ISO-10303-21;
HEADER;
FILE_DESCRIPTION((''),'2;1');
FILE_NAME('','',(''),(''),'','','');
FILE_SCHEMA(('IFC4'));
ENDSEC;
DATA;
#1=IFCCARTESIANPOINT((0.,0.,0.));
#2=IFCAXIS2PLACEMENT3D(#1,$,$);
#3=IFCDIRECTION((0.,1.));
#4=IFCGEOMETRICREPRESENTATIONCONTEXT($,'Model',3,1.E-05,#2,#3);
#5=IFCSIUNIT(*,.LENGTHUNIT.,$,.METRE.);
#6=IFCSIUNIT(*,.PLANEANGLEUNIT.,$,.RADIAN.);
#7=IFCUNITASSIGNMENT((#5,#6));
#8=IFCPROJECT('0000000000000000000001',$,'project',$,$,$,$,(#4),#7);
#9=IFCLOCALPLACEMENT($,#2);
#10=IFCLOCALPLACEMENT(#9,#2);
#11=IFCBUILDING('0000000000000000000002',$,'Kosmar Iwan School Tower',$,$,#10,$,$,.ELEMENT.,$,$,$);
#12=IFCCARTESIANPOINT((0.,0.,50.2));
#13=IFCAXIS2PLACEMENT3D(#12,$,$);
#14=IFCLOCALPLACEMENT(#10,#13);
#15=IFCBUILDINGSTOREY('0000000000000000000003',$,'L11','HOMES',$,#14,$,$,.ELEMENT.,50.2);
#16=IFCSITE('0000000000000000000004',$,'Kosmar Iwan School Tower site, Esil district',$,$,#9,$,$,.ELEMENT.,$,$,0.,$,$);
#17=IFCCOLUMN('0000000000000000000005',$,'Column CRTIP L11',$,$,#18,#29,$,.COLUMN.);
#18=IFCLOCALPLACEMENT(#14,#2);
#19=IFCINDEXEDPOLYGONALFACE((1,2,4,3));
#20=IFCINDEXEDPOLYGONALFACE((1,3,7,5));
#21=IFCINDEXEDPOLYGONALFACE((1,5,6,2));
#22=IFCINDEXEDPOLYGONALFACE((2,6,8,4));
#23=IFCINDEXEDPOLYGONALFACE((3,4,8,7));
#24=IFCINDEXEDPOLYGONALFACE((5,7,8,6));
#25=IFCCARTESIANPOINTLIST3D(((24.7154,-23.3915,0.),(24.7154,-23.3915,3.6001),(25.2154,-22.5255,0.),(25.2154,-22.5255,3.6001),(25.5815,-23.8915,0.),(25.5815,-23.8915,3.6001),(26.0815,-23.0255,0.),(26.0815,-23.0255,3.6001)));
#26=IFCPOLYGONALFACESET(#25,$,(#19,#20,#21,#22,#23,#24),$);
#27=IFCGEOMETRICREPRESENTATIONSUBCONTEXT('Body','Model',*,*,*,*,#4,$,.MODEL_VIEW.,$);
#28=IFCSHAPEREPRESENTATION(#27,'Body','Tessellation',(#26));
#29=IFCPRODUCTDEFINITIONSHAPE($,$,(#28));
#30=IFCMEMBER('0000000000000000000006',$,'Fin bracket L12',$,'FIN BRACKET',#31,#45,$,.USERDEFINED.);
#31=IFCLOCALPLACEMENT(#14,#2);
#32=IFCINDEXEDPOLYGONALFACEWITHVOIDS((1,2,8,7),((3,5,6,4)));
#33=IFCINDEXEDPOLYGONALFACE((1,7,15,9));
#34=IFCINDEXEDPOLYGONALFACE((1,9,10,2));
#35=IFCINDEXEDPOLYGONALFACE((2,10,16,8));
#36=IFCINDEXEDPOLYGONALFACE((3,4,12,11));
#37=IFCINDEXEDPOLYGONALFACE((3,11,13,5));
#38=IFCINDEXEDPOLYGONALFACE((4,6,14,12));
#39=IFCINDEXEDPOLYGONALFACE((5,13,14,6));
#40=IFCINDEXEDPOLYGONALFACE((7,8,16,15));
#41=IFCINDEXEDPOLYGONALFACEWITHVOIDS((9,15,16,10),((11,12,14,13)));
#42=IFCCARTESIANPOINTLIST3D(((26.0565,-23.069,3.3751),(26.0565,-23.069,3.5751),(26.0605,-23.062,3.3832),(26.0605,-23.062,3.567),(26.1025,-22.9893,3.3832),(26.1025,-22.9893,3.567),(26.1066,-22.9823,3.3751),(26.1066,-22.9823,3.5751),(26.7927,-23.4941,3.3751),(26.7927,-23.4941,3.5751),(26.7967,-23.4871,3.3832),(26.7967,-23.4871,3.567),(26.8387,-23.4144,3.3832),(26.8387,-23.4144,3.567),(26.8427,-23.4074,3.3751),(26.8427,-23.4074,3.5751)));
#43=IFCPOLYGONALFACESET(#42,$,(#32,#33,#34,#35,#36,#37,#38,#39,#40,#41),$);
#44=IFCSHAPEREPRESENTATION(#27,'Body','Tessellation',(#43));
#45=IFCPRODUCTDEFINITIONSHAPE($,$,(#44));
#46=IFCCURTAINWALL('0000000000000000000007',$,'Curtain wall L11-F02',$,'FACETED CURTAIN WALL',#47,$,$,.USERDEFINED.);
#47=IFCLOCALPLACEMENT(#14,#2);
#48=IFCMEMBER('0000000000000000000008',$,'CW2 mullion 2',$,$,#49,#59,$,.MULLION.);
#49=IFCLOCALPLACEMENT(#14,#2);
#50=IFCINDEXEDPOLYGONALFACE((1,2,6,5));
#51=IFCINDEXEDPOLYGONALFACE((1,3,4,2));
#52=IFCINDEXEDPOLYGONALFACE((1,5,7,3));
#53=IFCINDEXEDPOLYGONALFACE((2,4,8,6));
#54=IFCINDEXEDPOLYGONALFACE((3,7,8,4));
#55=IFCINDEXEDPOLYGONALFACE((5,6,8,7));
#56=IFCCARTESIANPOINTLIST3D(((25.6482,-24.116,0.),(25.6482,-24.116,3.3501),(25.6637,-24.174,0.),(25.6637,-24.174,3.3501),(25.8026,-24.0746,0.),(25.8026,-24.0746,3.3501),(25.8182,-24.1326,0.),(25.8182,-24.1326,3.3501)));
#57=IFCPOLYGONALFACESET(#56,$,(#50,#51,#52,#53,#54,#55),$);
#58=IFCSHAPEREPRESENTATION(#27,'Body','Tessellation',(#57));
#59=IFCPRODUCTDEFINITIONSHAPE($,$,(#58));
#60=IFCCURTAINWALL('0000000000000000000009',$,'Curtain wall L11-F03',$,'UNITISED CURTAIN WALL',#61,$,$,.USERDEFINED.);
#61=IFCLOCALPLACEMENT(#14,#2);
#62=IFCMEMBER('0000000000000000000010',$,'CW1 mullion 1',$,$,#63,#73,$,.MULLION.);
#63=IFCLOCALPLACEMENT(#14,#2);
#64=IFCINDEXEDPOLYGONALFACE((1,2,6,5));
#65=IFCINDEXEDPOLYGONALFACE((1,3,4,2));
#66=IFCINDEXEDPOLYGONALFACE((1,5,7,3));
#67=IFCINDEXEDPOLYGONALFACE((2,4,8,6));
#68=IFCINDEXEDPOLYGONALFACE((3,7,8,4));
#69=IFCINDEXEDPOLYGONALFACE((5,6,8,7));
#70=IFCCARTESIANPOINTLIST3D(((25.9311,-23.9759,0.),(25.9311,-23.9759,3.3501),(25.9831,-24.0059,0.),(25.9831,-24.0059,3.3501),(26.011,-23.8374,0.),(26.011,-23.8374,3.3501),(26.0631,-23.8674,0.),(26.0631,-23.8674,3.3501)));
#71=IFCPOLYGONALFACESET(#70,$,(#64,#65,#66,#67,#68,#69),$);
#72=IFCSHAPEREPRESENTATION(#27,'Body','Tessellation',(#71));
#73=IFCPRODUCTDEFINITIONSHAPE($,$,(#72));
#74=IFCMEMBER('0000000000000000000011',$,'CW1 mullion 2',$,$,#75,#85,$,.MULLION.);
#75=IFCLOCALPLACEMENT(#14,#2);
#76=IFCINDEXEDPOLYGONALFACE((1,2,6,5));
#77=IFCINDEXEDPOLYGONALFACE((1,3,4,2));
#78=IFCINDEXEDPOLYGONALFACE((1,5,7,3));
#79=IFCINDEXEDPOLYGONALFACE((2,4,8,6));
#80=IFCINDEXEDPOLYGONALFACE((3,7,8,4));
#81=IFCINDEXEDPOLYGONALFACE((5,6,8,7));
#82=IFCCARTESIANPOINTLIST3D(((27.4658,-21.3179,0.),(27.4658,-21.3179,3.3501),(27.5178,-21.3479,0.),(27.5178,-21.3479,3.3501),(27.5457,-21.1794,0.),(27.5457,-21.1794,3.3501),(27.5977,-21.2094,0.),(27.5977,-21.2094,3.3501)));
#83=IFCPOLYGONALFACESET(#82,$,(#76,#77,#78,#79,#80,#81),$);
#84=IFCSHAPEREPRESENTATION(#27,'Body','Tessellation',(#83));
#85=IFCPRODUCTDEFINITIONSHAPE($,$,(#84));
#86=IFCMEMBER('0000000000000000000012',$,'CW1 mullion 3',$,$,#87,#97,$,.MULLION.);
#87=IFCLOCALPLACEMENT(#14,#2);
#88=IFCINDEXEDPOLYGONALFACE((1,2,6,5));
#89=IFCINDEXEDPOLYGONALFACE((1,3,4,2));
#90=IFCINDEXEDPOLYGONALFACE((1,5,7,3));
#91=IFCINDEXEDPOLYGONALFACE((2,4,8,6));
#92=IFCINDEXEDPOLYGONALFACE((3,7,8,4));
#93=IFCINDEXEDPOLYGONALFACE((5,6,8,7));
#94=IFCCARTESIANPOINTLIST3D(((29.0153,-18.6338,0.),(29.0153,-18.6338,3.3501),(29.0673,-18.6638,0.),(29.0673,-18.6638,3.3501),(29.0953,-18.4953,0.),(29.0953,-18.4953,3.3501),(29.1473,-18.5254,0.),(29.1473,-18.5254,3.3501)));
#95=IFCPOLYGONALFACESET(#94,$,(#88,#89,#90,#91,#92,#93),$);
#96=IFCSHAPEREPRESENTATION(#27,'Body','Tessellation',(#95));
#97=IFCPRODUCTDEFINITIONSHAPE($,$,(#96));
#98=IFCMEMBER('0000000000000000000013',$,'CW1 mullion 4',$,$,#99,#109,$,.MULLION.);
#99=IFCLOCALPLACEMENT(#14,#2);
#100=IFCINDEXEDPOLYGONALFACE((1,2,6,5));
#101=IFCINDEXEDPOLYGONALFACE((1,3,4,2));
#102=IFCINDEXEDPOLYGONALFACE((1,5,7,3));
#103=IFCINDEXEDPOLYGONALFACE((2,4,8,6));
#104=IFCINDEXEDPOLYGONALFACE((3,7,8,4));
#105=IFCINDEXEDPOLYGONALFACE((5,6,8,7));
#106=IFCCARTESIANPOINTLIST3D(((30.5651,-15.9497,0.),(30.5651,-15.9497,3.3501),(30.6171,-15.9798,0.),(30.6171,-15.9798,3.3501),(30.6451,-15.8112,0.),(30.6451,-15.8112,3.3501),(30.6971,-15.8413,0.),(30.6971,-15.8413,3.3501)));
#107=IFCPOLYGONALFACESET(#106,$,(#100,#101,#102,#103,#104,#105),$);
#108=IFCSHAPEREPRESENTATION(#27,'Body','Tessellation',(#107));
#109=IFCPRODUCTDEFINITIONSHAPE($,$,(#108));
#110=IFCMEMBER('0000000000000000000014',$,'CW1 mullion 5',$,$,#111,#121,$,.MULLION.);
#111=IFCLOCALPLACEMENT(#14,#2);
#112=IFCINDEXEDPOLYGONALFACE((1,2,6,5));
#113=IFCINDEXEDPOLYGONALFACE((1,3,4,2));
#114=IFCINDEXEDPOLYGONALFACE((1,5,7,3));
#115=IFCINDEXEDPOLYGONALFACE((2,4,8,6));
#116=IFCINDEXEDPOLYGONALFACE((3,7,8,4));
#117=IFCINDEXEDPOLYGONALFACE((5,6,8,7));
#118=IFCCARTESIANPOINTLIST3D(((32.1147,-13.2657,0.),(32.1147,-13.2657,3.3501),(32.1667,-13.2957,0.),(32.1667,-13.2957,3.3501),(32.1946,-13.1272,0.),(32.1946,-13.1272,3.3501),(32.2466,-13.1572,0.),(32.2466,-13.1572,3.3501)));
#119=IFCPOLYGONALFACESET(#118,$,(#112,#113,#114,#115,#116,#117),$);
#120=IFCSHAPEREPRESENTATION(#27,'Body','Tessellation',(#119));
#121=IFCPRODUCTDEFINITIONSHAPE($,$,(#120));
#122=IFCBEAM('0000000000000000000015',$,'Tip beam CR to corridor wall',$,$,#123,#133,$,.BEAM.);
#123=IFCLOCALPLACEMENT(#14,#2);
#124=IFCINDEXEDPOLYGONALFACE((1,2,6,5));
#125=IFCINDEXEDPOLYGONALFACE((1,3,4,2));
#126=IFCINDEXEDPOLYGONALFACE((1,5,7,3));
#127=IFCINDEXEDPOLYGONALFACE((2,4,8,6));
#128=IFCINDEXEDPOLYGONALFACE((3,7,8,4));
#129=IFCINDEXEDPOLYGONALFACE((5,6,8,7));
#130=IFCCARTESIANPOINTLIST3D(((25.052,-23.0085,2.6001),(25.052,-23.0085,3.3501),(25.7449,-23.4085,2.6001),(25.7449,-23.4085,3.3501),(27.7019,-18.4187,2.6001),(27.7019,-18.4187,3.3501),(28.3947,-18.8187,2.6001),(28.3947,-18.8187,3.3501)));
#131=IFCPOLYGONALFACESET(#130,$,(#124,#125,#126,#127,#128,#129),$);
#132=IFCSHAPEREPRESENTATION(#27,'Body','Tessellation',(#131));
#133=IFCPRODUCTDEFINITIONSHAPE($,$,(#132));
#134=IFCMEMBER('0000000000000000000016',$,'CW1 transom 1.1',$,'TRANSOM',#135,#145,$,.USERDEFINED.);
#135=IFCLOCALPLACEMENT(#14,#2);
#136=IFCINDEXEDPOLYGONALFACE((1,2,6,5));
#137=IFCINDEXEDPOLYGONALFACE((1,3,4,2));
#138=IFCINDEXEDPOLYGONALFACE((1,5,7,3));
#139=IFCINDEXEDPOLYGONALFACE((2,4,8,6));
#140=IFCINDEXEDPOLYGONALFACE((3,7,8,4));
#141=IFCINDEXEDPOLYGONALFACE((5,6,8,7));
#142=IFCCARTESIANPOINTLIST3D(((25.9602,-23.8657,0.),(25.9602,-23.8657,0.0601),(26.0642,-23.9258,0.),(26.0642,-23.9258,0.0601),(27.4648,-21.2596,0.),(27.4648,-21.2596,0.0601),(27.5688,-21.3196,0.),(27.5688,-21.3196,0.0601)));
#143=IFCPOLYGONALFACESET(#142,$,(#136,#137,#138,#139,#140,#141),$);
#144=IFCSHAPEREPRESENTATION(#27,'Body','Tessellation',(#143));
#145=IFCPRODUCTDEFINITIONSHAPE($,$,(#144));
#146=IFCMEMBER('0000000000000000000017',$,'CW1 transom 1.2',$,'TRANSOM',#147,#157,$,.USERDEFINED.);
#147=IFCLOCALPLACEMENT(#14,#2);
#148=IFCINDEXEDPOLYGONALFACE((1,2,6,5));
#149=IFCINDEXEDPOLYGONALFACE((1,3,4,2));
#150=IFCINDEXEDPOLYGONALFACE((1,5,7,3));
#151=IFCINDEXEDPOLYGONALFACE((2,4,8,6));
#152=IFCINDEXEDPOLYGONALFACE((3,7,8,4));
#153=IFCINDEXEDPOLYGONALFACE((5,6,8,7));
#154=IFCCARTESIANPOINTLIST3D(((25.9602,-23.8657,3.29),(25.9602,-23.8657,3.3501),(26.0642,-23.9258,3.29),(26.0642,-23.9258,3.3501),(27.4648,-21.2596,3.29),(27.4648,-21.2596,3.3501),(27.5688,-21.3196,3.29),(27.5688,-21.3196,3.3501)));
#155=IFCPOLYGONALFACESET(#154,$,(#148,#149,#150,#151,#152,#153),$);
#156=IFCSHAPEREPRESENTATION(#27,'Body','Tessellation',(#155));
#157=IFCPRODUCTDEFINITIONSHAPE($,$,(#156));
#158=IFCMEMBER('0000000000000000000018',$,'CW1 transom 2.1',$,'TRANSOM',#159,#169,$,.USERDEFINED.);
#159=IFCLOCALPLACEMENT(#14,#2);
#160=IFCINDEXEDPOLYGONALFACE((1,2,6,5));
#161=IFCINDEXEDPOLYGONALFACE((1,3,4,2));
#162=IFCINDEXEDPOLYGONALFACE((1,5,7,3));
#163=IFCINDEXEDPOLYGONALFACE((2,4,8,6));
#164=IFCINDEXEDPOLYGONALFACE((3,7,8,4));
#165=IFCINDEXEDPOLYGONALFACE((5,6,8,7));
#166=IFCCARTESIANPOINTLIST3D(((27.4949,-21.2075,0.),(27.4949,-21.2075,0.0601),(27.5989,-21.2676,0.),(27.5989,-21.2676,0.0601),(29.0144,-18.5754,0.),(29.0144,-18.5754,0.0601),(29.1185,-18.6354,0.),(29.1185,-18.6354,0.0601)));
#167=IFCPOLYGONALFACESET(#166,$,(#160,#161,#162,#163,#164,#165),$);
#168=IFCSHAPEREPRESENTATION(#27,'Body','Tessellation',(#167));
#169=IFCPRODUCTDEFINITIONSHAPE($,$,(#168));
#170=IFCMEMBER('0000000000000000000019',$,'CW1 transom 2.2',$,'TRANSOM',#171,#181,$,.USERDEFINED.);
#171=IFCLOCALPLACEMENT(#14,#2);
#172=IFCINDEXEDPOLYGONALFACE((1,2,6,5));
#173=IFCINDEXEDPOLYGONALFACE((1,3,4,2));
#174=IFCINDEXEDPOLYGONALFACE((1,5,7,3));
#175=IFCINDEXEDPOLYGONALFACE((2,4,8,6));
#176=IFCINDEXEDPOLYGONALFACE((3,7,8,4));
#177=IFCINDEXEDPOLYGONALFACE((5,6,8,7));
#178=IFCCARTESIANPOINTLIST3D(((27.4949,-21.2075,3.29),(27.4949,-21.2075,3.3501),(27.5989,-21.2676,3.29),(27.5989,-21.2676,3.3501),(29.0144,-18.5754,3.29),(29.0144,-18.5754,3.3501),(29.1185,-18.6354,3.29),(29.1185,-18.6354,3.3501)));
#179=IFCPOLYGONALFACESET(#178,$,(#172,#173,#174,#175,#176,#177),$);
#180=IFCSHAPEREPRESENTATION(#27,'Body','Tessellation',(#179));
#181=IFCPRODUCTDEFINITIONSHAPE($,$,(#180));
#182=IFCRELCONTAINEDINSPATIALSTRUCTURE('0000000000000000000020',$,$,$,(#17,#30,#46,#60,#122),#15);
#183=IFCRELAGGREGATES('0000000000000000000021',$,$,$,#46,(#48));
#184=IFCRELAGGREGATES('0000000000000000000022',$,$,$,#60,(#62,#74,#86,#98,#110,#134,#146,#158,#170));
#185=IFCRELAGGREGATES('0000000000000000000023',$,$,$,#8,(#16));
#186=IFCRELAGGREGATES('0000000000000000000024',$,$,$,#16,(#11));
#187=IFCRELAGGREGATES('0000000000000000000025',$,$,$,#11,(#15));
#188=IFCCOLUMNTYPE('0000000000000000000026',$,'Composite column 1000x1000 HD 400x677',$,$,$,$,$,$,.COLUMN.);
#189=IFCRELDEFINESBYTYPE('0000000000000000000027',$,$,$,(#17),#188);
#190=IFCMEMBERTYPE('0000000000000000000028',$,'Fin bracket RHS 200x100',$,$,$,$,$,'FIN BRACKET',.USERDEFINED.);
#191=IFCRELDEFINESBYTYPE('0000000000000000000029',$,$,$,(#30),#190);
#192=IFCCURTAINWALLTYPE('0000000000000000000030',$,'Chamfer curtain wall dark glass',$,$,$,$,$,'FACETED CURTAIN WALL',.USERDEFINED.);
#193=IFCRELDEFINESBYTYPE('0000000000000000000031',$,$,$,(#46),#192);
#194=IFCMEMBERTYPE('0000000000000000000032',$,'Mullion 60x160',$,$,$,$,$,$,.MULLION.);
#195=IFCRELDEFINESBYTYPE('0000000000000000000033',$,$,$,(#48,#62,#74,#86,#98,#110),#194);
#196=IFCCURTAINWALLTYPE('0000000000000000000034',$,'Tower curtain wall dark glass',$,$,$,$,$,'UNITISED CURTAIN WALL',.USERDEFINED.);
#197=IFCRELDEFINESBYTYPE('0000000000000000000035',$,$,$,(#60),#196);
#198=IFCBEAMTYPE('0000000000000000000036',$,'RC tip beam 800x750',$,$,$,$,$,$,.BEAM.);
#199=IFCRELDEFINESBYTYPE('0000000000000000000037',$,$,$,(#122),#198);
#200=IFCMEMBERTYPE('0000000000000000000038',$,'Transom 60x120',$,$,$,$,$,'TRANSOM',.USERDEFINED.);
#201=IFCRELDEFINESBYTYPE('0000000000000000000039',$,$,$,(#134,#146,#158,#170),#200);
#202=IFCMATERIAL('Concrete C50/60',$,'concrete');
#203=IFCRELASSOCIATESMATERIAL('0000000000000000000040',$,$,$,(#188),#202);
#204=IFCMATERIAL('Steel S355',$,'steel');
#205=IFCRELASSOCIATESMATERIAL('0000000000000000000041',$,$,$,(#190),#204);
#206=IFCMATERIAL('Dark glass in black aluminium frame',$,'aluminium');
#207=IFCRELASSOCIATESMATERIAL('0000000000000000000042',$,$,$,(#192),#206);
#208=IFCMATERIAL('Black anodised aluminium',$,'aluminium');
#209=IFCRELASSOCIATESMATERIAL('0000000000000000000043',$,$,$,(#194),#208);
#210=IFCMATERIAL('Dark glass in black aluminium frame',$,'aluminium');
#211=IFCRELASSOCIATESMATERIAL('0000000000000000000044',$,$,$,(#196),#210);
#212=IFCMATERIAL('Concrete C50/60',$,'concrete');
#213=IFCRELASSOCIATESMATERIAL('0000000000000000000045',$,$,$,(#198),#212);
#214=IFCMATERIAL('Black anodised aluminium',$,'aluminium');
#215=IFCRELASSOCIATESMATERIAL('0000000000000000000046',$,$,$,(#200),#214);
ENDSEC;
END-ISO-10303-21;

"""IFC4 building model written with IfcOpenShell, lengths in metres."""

from ifc_helpers import new_model, si_unit, direction, frame, origin, origin_2d, place, context, subcontext, project, spatial, rectangle, hollow_rectangle, extrude, material, material_profile, profile_set, type_object, element, aggregate, save


model = new_model("IFC4")

# Units and contexts
model_context = context("Model", 3, precision=1e-05, world=origin(), true_north=direction((0.0, 1.0)))
body_context = subcontext(model_context, "Body", "Model", "MODEL_VIEW")
ifc_project = project(units=[si_unit("LENGTHUNIT", "METRE"), si_unit("PLANEANGLEUNIT", "RADIAN")], contexts=[model_context])

# Site, building, storey
site_placement = place(None, origin())
site = spatial("IfcSite", under=ifc_project, at=site_placement, Name="Kosmar Iwan School Tower site, Esil district", CompositionType="ELEMENT", RefElevation=0.0)
building_placement = place(site_placement, origin())
building = spatial("IfcBuilding", under=site, at=building_placement, Name="Kosmar Iwan School Tower", CompositionType="ELEMENT")
storey_placement = place(building_placement, frame((0.0, 0.0, 50.2)))
storey = spatial("IfcBuildingStorey", under=building, at=storey_placement, Name="L11", Description="HOMES", CompositionType="ELEMENT", Elevation=50.2)

# Column
ifc_material_1 = material(Name="Concrete C50/60", Category="concrete")
ifc_material_profile_1 = material_profile(ifc_material_1, rectangle(XDim=1.0, YDim=1.0, at=origin_2d()), Name="RC 1000x1000 + HD 400x677")
ifc_profile_set_1 = profile_set([ifc_material_profile_1], Name="Concrete C50/60")
column_type = type_object("IfcColumnType", Name="Composite column 1000x1000 HD 400x677", PredefinedType="COLUMN", material=ifc_profile_set_1)
column_placement = place(storey_placement, frame((25.3984, -23.2085, 0.0), z_axis=(0.0, 0.0, 1.0), x_axis=(0.866025, -0.5, 0.0)))
element("IfcColumn", 1, at=column_placement, inside=storey, type_object=column_type, Name="Column CRTIP L11", PredefinedType="COLUMN", context=body_context, shape_type="SweptSolid", body=[
    extrude(rectangle(XDim=1.0, YDim=1.0, at=origin_2d()), origin(), (0.0, 0.0, 1.0), 3.6001),
])

# Member
ifc_material_2 = material(Name="Steel S355", Category="steel")
ifc_material_profile_2 = material_profile(ifc_material_2, hollow_rectangle(XDim=0.1001, YDim=0.2, WallThickness=0.0081, at=origin_2d()), Name="RHS 200x100x8")
ifc_profile_set_2 = profile_set([ifc_material_profile_2], Name="Steel S355")
member_type_1 = type_object("IfcMemberType", Name="Fin bracket RHS 200x100", ElementType="FIN BRACKET", PredefinedType="USERDEFINED", material=ifc_profile_set_2)
member_1_placement = place(storey_placement, frame((26.0815, -23.0256, 3.4751), z_axis=(0.865989, -0.500062, 0.0), x_axis=(0.500062, 0.865989, 0.0)))
element("IfcMember", 2, at=member_1_placement, inside=storey, type_object=member_type_1, Name="Fin bracket L12", ObjectType="FIN BRACKET", PredefinedType="USERDEFINED", context=body_context, shape_type="SweptSolid", body=[
    extrude(hollow_rectangle(XDim=0.1001, YDim=0.2, WallThickness=0.0081, at=origin_2d()), origin(), (0.0, 0.0, 1.0), 0.8501),
])

# Curtain wall, member
ifc_material_3 = material(Name="Dark glass in black aluminium frame", Category="aluminium")
curtain_wall_type_1 = type_object("IfcCurtainWallType", Name="Chamfer curtain wall dark glass", ElementType="FACETED CURTAIN WALL", PredefinedType="USERDEFINED", material=ifc_material_3)
curtain_wall_1_placement = place(storey_placement, origin())
curtain_wall_1 = element("IfcCurtainWall", 3, at=curtain_wall_1_placement, inside=storey, type_object=curtain_wall_type_1, Name="Curtain wall L11-F02", ObjectType="FACETED CURTAIN WALL", PredefinedType="USERDEFINED")
ifc_material_4 = material(Name="Black anodised aluminium", Category="aluminium")
ifc_material_profile_3 = material_profile(ifc_material_4, rectangle(XDim=0.0601, YDim=0.1599, at=origin_2d()), Name="MULLION 60x160")
ifc_profile_set_3 = profile_set([ifc_material_profile_3], Name="Black anodised aluminium")
member_type_2 = type_object("IfcMemberType", Name="Mullion 60x160", PredefinedType="MULLION", material=ifc_profile_set_3)
member_2_placement = place(storey_placement, frame((25.7332, -24.1243, 0.0), z_axis=(0.0, 0.0, 1.0), x_axis=(-0.258819, 0.965926, 0.0)))
member_2 = element("IfcMember", 4, at=member_2_placement, type_object=member_type_2, Name="CW2 mullion 2", PredefinedType="MULLION", context=body_context, shape_type="SweptSolid", body=[
    extrude(rectangle(XDim=0.0601, YDim=0.1599, at=origin_2d()), origin(), (0.0, 0.0, 1.0), 3.3501),
])

# Curtain wall, members
ifc_material_5 = material(Name="Dark glass in black aluminium frame", Category="aluminium")
curtain_wall_type_2 = type_object("IfcCurtainWallType", Name="Tower curtain wall dark glass", ElementType="UNITISED CURTAIN WALL", PredefinedType="USERDEFINED", material=ifc_material_5)
curtain_wall_2_placement = place(storey_placement, origin())
curtain_wall_2 = element("IfcCurtainWall", 5, at=curtain_wall_2_placement, inside=storey, type_object=curtain_wall_type_2, Name="Curtain wall L11-F03", ObjectType="UNITISED CURTAIN WALL", PredefinedType="USERDEFINED")
member_3_placement = place(storey_placement, frame((25.9971, -23.9216, 0.0), z_axis=(0.0, 0.0, 1.0), x_axis=(-0.866025, 0.5, 0.0)))
member_3 = element("IfcMember", 6, at=member_3_placement, type_object=member_type_2, Name="CW1 mullion 1", PredefinedType="MULLION", context=body_context, shape_type="SweptSolid", body=[
    extrude(rectangle(XDim=0.0601, YDim=0.1599, at=origin_2d()), origin(), (0.0, 0.0, 1.0), 3.3501),
])
member_4_placement = place(storey_placement, frame((27.5317, -21.2637, 0.0), z_axis=(0.0, 0.0, 1.0), x_axis=(-0.866025, 0.5, 0.0)))
member_4 = element("IfcMember", 7, at=member_4_placement, type_object=member_type_2, Name="CW1 mullion 2", PredefinedType="MULLION", context=body_context, shape_type="SweptSolid", body=[
    extrude(rectangle(XDim=0.0601, YDim=0.1599, at=origin_2d()), origin(), (0.0, 0.0, 1.0), 3.3501),
])
member_5_placement = place(storey_placement, frame((29.0813, -18.5796, 0.0), z_axis=(0.0, 0.0, 1.0), x_axis=(-0.866025, 0.5, 0.0)))
member_5 = element("IfcMember", 8, at=member_5_placement, type_object=member_type_2, Name="CW1 mullion 3", PredefinedType="MULLION", context=body_context, shape_type="SweptSolid", body=[
    extrude(rectangle(XDim=0.0601, YDim=0.1599, at=origin_2d()), origin(), (0.0, 0.0, 1.0), 3.3501),
])
member_6_placement = place(storey_placement, frame((30.6311, -15.8955, 0.0), z_axis=(0.0, 0.0, 1.0), x_axis=(-0.866025, 0.5, 0.0)))
member_6 = element("IfcMember", 9, at=member_6_placement, type_object=member_type_2, Name="CW1 mullion 4", PredefinedType="MULLION", context=body_context, shape_type="SweptSolid", body=[
    extrude(rectangle(XDim=0.0601, YDim=0.1599, at=origin_2d()), origin(), (0.0, 0.0, 1.0), 3.3501),
])
member_7_placement = place(storey_placement, frame((32.1807, -13.2114, 0.0), z_axis=(0.0, 0.0, 1.0), x_axis=(-0.866025, 0.5, 0.0)))
member_7 = element("IfcMember", 10, at=member_7_placement, type_object=member_type_2, Name="CW1 mullion 5", PredefinedType="MULLION", context=body_context, shape_type="SweptSolid", body=[
    extrude(rectangle(XDim=0.0601, YDim=0.1599, at=origin_2d()), origin(), (0.0, 0.0, 1.0), 3.3501),
])

# Beam
ifc_material_6 = material(Name="Concrete C50/60", Category="concrete")
ifc_material_profile_4 = material_profile(ifc_material_6, rectangle(XDim=0.8, YDim=0.75, at=origin_2d()), Name="RC 800x750")
ifc_profile_set_4 = profile_set([ifc_material_profile_4], Name="Concrete C50/60")
beam_type = type_object("IfcBeamType", Name="RC tip beam 800x750", PredefinedType="BEAM", material=ifc_profile_set_4)
beam_placement = place(storey_placement, frame((25.3984, -23.2085, 2.9751), z_axis=(0.499994, 0.866029, 0.0), x_axis=(-0.866029, 0.499994, 0.0)))
element("IfcBeam", 11, at=beam_placement, inside=storey, type_object=beam_type, Name="Tip beam CR to corridor wall", PredefinedType="BEAM", context=body_context, shape_type="SweptSolid", body=[
    extrude(rectangle(XDim=0.8, YDim=0.75, at=origin_2d()), origin(), (0.0, 0.0, 1.0), 5.2998),
])

# Members
ifc_material_7 = material(Name="Black anodised aluminium", Category="aluminium")
ifc_material_profile_5 = material_profile(ifc_material_7, rectangle(XDim=0.1201, YDim=0.0601, at=origin_2d()), Name="TRANSOM 60x120")
ifc_profile_set_5 = profile_set([ifc_material_profile_5], Name="Black anodised aluminium")
member_type_3 = type_object("IfcMemberType", Name="Transom 60x120", ElementType="TRANSOM", PredefinedType="USERDEFINED", material=ifc_profile_set_5)
member_8_placement = place(storey_placement, frame((26.0122, -23.8958, 0.03), z_axis=(0.499987, 0.866033, 0.0), x_axis=(-0.866033, 0.499987, 0.0)))
member_8 = element("IfcMember", 12, at=member_8_placement, type_object=member_type_3, Name="CW1 transom 1.1", ObjectType="TRANSOM", PredefinedType="USERDEFINED", context=body_context, shape_type="SweptSolid", body=[
    extrude(rectangle(XDim=0.1201, YDim=0.0601, at=origin_2d()), origin(), (0.0, 0.0, 1.0), 3.0093),
])
member_9_placement = place(storey_placement, frame((26.0122, -23.8958, 3.3201), z_axis=(0.499987, 0.866033, 0.0), x_axis=(-0.866033, 0.499987, 0.0)))
member_9 = element("IfcMember", 13, at=member_9_placement, type_object=member_type_3, Name="CW1 transom 1.2", ObjectType="TRANSOM", PredefinedType="USERDEFINED", context=body_context, shape_type="SweptSolid", body=[
    extrude(rectangle(XDim=0.1201, YDim=0.0601, at=origin_2d()), origin(), (0.0, 0.0, 1.0), 3.0093),
])
member_10_placement = place(storey_placement, frame((27.5469, -21.2375, 0.03), z_axis=(0.499975, 0.86604, 0.0), x_axis=(-0.86604, 0.499975, 0.0)))
member_10 = element("IfcMember", 14, at=member_10_placement, type_object=member_type_3, Name="CW1 transom 2.1", ObjectType="TRANSOM", PredefinedType="USERDEFINED", context=body_context, shape_type="SweptSolid", body=[
    extrude(rectangle(XDim=0.1201, YDim=0.0601, at=origin_2d()), origin(), (0.0, 0.0, 1.0), 3.0393),
])
member_11_placement = place(storey_placement, frame((27.5469, -21.2375, 3.3201), z_axis=(0.499975, 0.86604, 0.0), x_axis=(-0.86604, 0.499975, 0.0)))
member_11 = element("IfcMember", 15, at=member_11_placement, type_object=member_type_3, Name="CW1 transom 2.2", ObjectType="TRANSOM", PredefinedType="USERDEFINED", context=body_context, shape_type="SweptSolid", body=[
    extrude(rectangle(XDim=0.1201, YDim=0.0601, at=origin_2d()), origin(), (0.0, 0.0, 1.0), 3.0393),
])

aggregate(curtain_wall_1, [member_2])
aggregate(curtain_wall_2, [member_3, member_4, member_5, member_6, member_7, member_8, member_9, member_10, member_11])

save(model, "model.ifc")
